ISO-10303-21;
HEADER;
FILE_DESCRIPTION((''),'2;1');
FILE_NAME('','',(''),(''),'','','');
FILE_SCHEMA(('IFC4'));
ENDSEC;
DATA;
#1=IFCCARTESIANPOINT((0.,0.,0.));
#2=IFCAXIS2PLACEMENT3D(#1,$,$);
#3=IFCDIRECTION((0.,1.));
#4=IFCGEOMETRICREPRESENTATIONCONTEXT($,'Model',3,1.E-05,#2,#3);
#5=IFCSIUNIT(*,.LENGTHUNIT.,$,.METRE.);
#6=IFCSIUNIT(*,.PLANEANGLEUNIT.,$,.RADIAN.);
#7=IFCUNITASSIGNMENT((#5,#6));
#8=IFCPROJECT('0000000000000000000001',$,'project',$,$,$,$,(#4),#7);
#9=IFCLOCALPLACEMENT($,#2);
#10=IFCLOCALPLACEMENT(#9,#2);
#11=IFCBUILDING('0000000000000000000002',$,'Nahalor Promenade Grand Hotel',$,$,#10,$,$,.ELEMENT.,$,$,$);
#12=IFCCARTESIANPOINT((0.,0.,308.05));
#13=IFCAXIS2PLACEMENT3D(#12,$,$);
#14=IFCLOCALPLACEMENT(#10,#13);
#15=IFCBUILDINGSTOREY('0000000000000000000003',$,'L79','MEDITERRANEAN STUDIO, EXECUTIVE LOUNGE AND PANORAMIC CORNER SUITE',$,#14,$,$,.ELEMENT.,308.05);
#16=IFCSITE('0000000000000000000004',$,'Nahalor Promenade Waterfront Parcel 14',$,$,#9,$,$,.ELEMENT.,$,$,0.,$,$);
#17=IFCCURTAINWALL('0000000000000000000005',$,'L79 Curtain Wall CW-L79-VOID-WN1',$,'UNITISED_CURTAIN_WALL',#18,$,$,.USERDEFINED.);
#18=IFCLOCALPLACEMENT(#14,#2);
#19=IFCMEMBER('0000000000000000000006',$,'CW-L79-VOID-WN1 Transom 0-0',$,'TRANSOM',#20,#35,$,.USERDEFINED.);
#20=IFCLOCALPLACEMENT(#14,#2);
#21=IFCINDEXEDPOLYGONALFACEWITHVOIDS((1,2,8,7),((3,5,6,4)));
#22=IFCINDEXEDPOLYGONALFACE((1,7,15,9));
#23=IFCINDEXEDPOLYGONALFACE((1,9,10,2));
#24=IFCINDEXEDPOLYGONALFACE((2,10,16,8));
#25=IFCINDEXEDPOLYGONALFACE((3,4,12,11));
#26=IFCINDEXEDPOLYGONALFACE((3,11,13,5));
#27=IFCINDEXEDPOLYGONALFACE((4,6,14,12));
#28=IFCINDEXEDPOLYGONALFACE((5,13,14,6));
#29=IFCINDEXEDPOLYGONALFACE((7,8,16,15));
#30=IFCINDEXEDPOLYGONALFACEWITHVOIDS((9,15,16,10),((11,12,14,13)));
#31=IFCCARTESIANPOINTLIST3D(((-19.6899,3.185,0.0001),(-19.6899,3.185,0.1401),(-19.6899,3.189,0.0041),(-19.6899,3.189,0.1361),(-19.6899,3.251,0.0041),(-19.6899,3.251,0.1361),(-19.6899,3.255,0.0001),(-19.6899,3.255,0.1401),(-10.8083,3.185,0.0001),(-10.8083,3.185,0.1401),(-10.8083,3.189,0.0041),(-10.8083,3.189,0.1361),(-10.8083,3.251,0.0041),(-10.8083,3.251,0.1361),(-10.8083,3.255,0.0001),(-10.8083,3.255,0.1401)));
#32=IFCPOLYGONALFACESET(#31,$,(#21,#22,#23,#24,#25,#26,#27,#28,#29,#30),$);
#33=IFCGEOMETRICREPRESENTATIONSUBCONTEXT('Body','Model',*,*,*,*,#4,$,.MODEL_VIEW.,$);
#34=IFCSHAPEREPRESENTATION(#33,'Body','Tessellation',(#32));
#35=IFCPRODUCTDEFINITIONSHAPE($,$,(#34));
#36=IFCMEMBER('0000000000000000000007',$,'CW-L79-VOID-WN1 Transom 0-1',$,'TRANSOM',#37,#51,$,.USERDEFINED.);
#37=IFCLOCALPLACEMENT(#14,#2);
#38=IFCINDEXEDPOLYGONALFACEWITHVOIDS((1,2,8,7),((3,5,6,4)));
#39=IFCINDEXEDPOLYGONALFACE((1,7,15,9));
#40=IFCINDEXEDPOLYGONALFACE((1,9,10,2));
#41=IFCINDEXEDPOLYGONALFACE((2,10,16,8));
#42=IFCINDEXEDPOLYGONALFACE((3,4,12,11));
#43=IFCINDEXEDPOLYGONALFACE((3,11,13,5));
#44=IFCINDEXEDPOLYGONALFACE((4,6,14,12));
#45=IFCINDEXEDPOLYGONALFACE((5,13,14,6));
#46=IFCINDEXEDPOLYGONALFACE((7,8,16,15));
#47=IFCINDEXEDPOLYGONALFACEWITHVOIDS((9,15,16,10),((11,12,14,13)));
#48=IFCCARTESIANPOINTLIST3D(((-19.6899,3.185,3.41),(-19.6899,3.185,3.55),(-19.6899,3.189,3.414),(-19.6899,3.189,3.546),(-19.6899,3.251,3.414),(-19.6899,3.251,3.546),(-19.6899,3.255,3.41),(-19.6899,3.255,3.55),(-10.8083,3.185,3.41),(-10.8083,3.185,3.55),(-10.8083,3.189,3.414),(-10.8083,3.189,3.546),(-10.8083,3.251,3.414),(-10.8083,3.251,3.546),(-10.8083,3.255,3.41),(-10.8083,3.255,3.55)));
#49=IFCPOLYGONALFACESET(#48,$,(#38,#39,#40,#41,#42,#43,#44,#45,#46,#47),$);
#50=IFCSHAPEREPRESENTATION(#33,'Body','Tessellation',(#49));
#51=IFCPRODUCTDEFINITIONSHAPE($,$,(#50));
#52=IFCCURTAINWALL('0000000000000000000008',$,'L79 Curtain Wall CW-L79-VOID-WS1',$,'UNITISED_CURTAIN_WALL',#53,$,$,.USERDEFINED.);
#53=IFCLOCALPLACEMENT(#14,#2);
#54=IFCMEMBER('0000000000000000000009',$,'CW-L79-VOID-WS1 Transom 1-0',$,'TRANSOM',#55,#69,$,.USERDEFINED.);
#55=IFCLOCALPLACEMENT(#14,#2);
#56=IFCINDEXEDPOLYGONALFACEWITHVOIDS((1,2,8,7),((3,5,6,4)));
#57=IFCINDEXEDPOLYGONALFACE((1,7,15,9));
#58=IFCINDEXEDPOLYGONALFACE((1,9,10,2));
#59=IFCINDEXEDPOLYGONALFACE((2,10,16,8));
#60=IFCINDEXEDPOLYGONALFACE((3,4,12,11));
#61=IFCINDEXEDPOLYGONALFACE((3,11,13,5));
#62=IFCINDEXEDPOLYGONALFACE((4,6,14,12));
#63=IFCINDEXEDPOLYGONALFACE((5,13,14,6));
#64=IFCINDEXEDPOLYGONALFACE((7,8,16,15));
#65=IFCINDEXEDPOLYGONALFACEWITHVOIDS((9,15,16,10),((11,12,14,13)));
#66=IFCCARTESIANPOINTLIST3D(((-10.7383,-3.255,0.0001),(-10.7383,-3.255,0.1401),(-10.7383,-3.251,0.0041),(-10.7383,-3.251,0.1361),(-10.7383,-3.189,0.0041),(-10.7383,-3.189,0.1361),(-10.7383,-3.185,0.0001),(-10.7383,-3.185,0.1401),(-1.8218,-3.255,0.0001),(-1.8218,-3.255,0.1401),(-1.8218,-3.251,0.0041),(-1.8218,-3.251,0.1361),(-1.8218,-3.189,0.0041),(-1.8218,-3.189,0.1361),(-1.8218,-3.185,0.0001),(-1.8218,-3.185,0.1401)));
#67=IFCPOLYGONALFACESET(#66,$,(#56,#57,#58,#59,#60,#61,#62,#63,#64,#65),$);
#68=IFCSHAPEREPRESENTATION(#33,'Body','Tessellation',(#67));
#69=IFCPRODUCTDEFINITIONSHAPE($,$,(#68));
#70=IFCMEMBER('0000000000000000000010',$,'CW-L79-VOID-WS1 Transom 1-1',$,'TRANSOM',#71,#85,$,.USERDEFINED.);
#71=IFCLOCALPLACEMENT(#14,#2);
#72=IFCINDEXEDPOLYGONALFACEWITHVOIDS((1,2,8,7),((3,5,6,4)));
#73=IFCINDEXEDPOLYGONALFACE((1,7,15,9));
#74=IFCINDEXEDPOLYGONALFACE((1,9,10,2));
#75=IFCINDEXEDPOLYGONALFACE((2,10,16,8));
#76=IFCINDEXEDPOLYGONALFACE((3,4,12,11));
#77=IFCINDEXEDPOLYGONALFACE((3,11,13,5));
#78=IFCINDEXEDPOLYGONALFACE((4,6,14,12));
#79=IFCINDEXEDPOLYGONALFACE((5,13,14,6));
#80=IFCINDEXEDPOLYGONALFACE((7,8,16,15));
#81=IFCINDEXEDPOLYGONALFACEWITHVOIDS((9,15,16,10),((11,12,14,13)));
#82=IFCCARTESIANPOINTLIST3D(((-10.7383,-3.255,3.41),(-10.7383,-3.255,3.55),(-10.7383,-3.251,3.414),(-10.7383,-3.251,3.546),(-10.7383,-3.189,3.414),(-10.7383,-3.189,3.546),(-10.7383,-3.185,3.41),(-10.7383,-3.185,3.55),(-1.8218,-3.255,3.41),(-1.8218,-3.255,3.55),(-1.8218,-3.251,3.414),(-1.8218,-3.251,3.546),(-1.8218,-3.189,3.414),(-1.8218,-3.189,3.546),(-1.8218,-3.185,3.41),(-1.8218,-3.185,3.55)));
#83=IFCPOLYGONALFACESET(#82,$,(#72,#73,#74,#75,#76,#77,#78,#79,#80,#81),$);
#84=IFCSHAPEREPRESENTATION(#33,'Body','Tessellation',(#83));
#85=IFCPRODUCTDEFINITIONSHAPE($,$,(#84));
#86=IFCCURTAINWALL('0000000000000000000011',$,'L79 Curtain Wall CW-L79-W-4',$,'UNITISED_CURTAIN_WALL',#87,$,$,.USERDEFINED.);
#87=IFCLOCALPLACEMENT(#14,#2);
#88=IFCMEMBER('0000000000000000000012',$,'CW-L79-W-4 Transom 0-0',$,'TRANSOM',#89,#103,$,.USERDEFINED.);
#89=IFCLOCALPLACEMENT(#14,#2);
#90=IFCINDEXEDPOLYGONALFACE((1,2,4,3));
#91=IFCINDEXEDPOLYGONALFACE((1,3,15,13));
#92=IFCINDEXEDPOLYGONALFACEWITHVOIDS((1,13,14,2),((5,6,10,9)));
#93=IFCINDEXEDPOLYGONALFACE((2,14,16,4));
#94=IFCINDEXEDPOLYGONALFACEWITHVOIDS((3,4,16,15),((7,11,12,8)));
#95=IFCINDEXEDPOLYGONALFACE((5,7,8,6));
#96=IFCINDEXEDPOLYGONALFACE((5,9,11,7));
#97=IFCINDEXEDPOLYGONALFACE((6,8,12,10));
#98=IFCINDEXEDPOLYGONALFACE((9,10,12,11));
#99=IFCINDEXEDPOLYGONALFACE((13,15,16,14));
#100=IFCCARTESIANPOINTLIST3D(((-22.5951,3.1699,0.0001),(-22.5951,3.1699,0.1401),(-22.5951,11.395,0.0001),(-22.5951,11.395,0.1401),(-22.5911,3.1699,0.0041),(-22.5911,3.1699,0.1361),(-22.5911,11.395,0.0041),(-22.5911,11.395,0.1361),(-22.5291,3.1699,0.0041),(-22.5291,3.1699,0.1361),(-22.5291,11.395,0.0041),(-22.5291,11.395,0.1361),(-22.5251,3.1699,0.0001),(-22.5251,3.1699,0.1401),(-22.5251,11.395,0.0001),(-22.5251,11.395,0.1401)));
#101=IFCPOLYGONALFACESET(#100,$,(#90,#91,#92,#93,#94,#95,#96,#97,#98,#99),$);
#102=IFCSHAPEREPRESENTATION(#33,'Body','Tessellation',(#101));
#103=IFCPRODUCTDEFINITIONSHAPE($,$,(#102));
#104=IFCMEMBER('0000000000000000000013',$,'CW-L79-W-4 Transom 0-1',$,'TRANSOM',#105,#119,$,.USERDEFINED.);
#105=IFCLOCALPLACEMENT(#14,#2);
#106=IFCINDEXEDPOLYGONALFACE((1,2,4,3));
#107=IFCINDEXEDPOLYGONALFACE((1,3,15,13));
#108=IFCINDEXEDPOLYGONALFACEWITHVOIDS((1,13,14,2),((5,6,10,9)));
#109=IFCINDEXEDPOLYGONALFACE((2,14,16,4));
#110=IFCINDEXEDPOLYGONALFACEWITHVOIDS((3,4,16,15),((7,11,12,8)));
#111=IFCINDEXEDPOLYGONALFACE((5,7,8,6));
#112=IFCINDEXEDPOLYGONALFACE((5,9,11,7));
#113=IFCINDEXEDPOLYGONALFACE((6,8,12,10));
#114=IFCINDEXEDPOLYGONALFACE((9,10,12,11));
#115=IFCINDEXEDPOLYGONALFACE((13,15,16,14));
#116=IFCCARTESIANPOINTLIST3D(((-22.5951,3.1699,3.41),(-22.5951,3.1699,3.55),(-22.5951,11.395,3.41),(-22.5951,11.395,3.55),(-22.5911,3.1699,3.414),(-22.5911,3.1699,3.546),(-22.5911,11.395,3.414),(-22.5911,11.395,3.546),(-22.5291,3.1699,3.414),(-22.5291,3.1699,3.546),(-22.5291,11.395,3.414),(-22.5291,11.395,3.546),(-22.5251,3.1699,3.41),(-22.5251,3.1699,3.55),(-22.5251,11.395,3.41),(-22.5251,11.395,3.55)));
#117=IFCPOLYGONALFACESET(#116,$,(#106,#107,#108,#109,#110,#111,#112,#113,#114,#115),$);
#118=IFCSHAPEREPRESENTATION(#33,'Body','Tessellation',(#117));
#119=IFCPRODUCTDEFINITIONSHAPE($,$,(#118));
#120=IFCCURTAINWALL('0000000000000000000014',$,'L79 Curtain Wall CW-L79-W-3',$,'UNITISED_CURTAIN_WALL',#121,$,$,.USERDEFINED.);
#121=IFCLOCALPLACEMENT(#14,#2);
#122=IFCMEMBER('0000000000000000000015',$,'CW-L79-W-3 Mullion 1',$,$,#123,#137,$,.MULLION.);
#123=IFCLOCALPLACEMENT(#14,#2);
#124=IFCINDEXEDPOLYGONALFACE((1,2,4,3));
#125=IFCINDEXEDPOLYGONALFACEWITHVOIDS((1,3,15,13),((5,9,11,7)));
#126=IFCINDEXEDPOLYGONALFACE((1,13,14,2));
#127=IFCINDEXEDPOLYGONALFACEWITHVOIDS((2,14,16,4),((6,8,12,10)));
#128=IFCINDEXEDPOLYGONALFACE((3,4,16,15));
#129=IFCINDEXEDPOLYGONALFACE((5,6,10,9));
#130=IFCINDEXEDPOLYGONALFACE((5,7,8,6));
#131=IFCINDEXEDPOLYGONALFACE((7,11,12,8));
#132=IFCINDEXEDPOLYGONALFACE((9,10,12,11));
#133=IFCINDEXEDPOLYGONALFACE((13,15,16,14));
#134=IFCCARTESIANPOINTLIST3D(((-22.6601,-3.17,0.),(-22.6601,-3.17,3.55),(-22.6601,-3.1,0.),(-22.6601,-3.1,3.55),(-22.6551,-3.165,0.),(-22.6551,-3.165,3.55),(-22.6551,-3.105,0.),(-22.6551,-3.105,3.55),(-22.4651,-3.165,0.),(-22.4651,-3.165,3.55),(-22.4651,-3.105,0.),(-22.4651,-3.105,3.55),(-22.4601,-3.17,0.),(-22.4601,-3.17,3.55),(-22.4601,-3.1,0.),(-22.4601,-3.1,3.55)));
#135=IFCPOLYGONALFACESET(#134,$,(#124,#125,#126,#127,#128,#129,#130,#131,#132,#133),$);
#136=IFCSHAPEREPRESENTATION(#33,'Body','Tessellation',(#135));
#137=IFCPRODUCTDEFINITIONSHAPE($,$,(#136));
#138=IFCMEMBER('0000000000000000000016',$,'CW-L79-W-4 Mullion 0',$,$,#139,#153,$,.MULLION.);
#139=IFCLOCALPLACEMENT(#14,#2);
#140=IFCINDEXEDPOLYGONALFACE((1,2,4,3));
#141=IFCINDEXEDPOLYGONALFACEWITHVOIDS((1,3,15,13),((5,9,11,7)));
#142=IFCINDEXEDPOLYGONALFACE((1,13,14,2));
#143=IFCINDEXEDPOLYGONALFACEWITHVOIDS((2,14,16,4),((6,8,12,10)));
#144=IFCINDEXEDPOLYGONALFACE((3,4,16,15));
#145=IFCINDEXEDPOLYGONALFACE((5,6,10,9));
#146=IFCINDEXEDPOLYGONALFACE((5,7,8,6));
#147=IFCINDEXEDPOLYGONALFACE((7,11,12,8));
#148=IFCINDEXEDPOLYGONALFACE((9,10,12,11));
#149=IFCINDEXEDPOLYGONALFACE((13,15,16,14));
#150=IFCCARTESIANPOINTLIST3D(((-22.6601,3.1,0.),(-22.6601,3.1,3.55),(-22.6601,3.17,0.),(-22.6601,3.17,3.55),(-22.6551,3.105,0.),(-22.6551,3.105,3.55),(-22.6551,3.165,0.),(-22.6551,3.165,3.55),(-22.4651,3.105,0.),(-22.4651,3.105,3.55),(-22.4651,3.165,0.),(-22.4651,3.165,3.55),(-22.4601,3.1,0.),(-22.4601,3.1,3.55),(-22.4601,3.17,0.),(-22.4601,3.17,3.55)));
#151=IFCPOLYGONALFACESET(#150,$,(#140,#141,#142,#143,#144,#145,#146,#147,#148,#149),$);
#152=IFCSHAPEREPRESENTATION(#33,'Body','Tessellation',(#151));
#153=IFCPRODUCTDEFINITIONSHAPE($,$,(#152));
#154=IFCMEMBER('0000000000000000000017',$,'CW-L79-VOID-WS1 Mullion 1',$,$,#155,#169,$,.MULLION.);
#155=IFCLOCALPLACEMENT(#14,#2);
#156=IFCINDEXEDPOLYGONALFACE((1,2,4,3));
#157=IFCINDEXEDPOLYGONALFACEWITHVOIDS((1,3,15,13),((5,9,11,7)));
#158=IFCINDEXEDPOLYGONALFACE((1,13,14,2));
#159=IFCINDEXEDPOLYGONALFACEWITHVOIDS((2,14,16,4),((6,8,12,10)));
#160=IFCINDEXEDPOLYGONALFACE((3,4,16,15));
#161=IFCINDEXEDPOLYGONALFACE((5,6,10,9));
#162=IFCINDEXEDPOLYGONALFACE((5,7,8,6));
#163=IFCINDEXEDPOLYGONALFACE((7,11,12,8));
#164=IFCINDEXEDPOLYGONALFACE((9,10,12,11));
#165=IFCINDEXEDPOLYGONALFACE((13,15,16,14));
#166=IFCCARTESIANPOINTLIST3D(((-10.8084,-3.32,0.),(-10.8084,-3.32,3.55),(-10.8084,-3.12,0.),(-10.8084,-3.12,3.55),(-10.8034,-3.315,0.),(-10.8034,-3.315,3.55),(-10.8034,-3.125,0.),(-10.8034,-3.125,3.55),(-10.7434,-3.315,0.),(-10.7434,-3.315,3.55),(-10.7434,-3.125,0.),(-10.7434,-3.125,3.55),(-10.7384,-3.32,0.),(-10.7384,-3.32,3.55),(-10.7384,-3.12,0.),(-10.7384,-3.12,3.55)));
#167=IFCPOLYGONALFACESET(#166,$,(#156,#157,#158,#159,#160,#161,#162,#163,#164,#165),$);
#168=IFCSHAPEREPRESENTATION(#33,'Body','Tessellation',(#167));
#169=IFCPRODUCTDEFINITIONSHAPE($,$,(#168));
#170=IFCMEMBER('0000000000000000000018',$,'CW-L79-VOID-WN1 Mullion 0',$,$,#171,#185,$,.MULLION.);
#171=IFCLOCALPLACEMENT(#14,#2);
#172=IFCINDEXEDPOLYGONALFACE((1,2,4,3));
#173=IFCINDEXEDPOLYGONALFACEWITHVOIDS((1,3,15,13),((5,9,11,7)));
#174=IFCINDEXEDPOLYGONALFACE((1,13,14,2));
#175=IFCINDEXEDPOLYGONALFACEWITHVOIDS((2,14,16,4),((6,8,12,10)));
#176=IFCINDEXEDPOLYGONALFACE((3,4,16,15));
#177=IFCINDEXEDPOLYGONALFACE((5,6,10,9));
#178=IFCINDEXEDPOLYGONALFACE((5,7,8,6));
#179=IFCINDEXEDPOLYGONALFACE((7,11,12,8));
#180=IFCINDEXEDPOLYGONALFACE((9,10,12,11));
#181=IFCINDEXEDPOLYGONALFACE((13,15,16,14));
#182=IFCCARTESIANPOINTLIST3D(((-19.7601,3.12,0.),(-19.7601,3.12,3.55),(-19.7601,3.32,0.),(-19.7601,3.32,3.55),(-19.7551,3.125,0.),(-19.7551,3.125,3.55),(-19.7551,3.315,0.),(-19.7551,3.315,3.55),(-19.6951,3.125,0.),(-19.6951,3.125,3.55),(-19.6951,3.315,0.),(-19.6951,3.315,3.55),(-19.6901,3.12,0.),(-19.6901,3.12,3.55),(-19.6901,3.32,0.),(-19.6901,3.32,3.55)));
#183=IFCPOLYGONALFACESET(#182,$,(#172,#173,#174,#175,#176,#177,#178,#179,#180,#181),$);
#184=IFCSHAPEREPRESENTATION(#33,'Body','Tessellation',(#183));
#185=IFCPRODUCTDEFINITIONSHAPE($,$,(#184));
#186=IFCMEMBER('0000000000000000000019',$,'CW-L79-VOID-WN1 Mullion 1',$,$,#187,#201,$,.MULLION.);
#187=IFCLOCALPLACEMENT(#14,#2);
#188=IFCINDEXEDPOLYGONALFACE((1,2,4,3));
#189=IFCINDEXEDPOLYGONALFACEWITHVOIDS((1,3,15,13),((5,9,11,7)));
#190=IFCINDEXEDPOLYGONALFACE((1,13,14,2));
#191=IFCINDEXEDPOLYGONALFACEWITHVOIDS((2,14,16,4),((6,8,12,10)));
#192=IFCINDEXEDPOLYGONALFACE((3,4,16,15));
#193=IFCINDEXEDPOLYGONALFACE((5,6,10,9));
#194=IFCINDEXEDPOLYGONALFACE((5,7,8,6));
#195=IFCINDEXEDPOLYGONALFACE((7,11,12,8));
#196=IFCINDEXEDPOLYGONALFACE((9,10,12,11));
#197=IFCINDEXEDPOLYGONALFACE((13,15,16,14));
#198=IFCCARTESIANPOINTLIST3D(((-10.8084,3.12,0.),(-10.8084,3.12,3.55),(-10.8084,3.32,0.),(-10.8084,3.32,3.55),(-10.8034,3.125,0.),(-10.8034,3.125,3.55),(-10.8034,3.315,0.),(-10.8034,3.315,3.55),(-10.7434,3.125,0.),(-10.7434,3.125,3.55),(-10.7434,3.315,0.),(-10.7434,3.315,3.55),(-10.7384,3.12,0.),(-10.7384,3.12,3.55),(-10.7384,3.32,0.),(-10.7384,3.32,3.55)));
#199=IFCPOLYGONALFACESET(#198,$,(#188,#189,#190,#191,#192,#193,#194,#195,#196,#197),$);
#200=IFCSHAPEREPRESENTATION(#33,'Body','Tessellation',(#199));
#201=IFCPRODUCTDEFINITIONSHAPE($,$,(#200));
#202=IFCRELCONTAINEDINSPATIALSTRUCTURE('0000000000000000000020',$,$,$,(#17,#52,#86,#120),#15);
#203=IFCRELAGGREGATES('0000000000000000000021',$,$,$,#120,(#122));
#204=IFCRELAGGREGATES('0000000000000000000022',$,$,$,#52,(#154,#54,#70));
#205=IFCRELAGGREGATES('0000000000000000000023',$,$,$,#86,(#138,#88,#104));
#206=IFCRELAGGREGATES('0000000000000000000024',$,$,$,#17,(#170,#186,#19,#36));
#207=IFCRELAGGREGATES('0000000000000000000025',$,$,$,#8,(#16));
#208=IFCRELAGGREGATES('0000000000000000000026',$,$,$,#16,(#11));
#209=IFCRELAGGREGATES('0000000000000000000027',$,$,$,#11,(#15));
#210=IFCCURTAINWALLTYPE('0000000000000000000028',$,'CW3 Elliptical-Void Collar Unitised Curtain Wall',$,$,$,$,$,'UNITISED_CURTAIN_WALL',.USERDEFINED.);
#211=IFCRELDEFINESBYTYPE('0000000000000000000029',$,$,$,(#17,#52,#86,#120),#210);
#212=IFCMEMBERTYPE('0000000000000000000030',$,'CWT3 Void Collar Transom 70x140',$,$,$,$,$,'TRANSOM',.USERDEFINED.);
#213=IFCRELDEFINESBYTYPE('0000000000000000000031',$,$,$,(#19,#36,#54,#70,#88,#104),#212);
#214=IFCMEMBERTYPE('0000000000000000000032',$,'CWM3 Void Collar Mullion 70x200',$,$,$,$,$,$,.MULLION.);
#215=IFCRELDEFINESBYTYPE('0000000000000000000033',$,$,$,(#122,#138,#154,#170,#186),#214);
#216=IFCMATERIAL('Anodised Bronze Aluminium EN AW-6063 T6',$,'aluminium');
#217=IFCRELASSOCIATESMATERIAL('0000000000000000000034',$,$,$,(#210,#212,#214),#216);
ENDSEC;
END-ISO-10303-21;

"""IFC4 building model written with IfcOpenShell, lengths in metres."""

from ifc_helpers import new_model, si_unit, direction, frame, origin, origin_2d, place, context, subcontext, project, spatial, hollow_rectangle, extrude, source, transform, mapped, material, material_profile, profile_set, type_object, element, aggregate, save


model = new_model("IFC4")

# Units and contexts
model_context = context("Model", 3, precision=1e-05, world=origin(), true_north=direction((0.0, 1.0)))
body_context = subcontext(model_context, "Body", "Model", "MODEL_VIEW")
ifc_project = project(units=[si_unit("LENGTHUNIT", "METRE"), si_unit("PLANEANGLEUNIT", "RADIAN")], contexts=[model_context])

# Site, building, storey
site_placement = place(None, origin())
site = spatial("IfcSite", under=ifc_project, at=site_placement, Name="Nahalor Promenade Waterfront Parcel 14", CompositionType="ELEMENT", RefElevation=0.0)
building_placement = place(site_placement, origin())
building = spatial("IfcBuilding", under=site, at=building_placement, Name="Nahalor Promenade Grand Hotel", CompositionType="ELEMENT")
storey_placement = place(building_placement, frame((0.0, 0.0, 308.05)))
storey = spatial("IfcBuildingStorey", under=building, at=storey_placement, Name="L79", Description="MEDITERRANEAN STUDIO, EXECUTIVE LOUNGE AND PANORAMIC CORNER SUITE", CompositionType="ELEMENT", Elevation=308.05)

# Curtain walls, members
ifc_material_1 = material(Name="Anodised Bronze Aluminium EN AW-6063 T6", Category="aluminium")
curtain_wall_type = type_object("IfcCurtainWallType", Name="CW3 Elliptical-Void Collar Unitised Curtain Wall", ElementType="UNITISED_CURTAIN_WALL", PredefinedType="USERDEFINED", material=ifc_material_1)
curtain_wall_1_placement = place(storey_placement, origin())
curtain_wall_1 = element("IfcCurtainWall", 1, at=curtain_wall_1_placement, inside=storey, type_object=curtain_wall_type, Name="L79 Curtain Wall CW-L79-VOID-WN1", ObjectType="UNITISED_CURTAIN_WALL", PredefinedType="USERDEFINED")
ifc_material_profile_1 = material_profile(ifc_material_1, hollow_rectangle(XDim=0.07, YDim=0.14, WallThickness=0.004, at=origin_2d()), Name="CWT 70x140x4")
ifc_profile_set_1 = profile_set([ifc_material_profile_1], Name="Anodised Bronze Aluminium EN AW-6063 T6")
member_type_1 = type_object("IfcMemberType", Name="CWT3 Void Collar Transom 70x140", ElementType="TRANSOM", PredefinedType="USERDEFINED", material=ifc_profile_set_1)
shared_shape_1 = source(origin(), body_context, "Body", "SweptSolid", [
    extrude(hollow_rectangle(XDim=0.07, YDim=0.14, WallThickness=0.004, at=origin_2d()), origin(), (0.0, 0.0, 1.0), 8.8816),
])
member_1_placement = place(storey_placement, frame((-19.6899, 3.22, 0.0701), z_axis=(1.0, 0.0, 0.0), x_axis=(0.0, 1.0, 0.0)))
member_1 = element("IfcMember", 2, at=member_1_placement, type_object=member_type_1, Name="CW-L79-VOID-WN1 Transom 0-0", ObjectType="TRANSOM", PredefinedType="USERDEFINED", context=body_context, shape_type="MappedRepresentation", body=[
    mapped(shared_shape_1, transform((0.0, 0.0, 0.0), scale=1.0)),
])
member_2_placement = place(storey_placement, frame((-19.6899, 3.22, 3.48), z_axis=(1.0, 0.0, 0.0), x_axis=(0.0, 1.0, 0.0)))
member_2 = element("IfcMember", 3, at=member_2_placement, type_object=member_type_1, Name="CW-L79-VOID-WN1 Transom 0-1", ObjectType="TRANSOM", PredefinedType="USERDEFINED", context=body_context, shape_type="MappedRepresentation", body=[
    mapped(shared_shape_1, transform((0.0, 0.0, 0.0), scale=1.0)),
])
curtain_wall_2_placement = place(storey_placement, origin())
curtain_wall_2 = element("IfcCurtainWall", 4, at=curtain_wall_2_placement, inside=storey, type_object=curtain_wall_type, Name="L79 Curtain Wall CW-L79-VOID-WS1", ObjectType="UNITISED_CURTAIN_WALL", PredefinedType="USERDEFINED")
shared_shape_2 = source(origin(), body_context, "Body", "SweptSolid", [
    extrude(hollow_rectangle(XDim=0.07, YDim=0.14, WallThickness=0.004, at=origin_2d()), origin(), (0.0, 0.0, 1.0), 8.9165),
])
member_3_placement = place(storey_placement, frame((-10.7383, -3.22, 0.0701), z_axis=(1.0, 0.0, 0.0), x_axis=(0.0, 1.0, 0.0)))
member_3 = element("IfcMember", 5, at=member_3_placement, type_object=member_type_1, Name="CW-L79-VOID-WS1 Transom 1-0", ObjectType="TRANSOM", PredefinedType="USERDEFINED", context=body_context, shape_type="MappedRepresentation", body=[
    mapped(shared_shape_2, transform((0.0, 0.0, 0.0), scale=1.0)),
])
member_4_placement = place(storey_placement, frame((-10.7383, -3.22, 3.48), z_axis=(1.0, 0.0, 0.0), x_axis=(0.0, 1.0, 0.0)))
member_4 = element("IfcMember", 6, at=member_4_placement, type_object=member_type_1, Name="CW-L79-VOID-WS1 Transom 1-1", ObjectType="TRANSOM", PredefinedType="USERDEFINED", context=body_context, shape_type="MappedRepresentation", body=[
    mapped(shared_shape_2, transform((0.0, 0.0, 0.0), scale=1.0)),
])
curtain_wall_3_placement = place(storey_placement, origin())
curtain_wall_3 = element("IfcCurtainWall", 7, at=curtain_wall_3_placement, inside=storey, type_object=curtain_wall_type, Name="L79 Curtain Wall CW-L79-W-4", ObjectType="UNITISED_CURTAIN_WALL", PredefinedType="USERDEFINED")
shared_shape_3 = source(origin(), body_context, "Body", "SweptSolid", [
    extrude(hollow_rectangle(XDim=0.07, YDim=0.14, WallThickness=0.004, at=origin_2d()), origin(), (0.0, 0.0, 1.0), 8.2251),
])
member_5_placement = place(storey_placement, frame((-22.5601, 3.1699, 0.0701), z_axis=(0.0, 1.0, 0.0), x_axis=(-1.0, 0.0, 0.0)))
member_5 = element("IfcMember", 8, at=member_5_placement, type_object=member_type_1, Name="CW-L79-W-4 Transom 0-0", ObjectType="TRANSOM", PredefinedType="USERDEFINED", context=body_context, shape_type="MappedRepresentation", body=[
    mapped(shared_shape_3, transform((0.0, 0.0, 0.0), scale=1.0)),
])
member_6_placement = place(storey_placement, frame((-22.5601, 3.1699, 3.48), z_axis=(0.0, 1.0, 0.0), x_axis=(-1.0, 0.0, 0.0)))
member_6 = element("IfcMember", 9, at=member_6_placement, type_object=member_type_1, Name="CW-L79-W-4 Transom 0-1", ObjectType="TRANSOM", PredefinedType="USERDEFINED", context=body_context, shape_type="MappedRepresentation", body=[
    mapped(shared_shape_3, transform((0.0, 0.0, 0.0), scale=1.0)),
])

# Curtain wall, member
curtain_wall_4_placement = place(storey_placement, origin())
curtain_wall_4 = element("IfcCurtainWall", 10, at=curtain_wall_4_placement, inside=storey, type_object=curtain_wall_type, Name="L79 Curtain Wall CW-L79-W-3", ObjectType="UNITISED_CURTAIN_WALL", PredefinedType="USERDEFINED")
ifc_material_profile_2 = material_profile(ifc_material_1, hollow_rectangle(XDim=0.07, YDim=0.2, WallThickness=0.005, at=origin_2d()), Name="CWM 70x200x5")
ifc_profile_set_2 = profile_set([ifc_material_profile_2], Name="Anodised Bronze Aluminium EN AW-6063 T6")
member_type_2 = type_object("IfcMemberType", Name="CWM3 Void Collar Mullion 70x200", PredefinedType="MULLION", material=ifc_profile_set_2)
shared_shape_4 = source(origin(), body_context, "Body", "SweptSolid", [
    extrude(hollow_rectangle(XDim=0.07, YDim=0.2, WallThickness=0.005, at=origin_2d()), origin(), (0.0, 0.0, 1.0), 3.55),
])
member_7_placement = place(storey_placement, frame((-22.5601, -3.135, 0.0), z_axis=(0.0, 0.0, 1.0), x_axis=(0.0, 1.0, 0.0)))
member_7 = element("IfcMember", 11, at=member_7_placement, type_object=member_type_2, Name="CW-L79-W-3 Mullion 1", PredefinedType="MULLION", context=body_context, shape_type="MappedRepresentation", body=[
    mapped(shared_shape_4, transform((0.0, 0.0, 0.0), scale=1.0)),
])
aggregate(curtain_wall_4, [member_7])

# Members
member_8_placement = place(storey_placement, frame((-22.5601, 3.135, 0.0), z_axis=(0.0, 0.0, 1.0), x_axis=(0.0, 1.0, 0.0)))
member_8 = element("IfcMember", 12, at=member_8_placement, type_object=member_type_2, Name="CW-L79-W-4 Mullion 0", PredefinedType="MULLION", context=body_context, shape_type="MappedRepresentation", body=[
    mapped(shared_shape_4, transform((0.0, 0.0, 0.0), scale=1.0)),
])
member_9_placement = place(storey_placement, frame((-10.7734, -3.22, 0.0), z_axis=(0.0, 0.0, 1.0), x_axis=(1.0, 0.0, 0.0)))
member_9 = element("IfcMember", 13, at=member_9_placement, type_object=member_type_2, Name="CW-L79-VOID-WS1 Mullion 1", PredefinedType="MULLION", context=body_context, shape_type="MappedRepresentation", body=[
    mapped(shared_shape_4, transform((0.0, 0.0, 0.0), scale=1.0)),
])
aggregate(curtain_wall_2, [member_9, member_3, member_4])
member_10_placement = place(storey_placement, frame((-19.7251, 3.22, 0.0), z_axis=(0.0, 0.0, 1.0), x_axis=(1.0, 0.0, 0.0)))
member_10 = element("IfcMember", 14, at=member_10_placement, type_object=member_type_2, Name="CW-L79-VOID-WN1 Mullion 0", PredefinedType="MULLION", context=body_context, shape_type="MappedRepresentation", body=[
    mapped(shared_shape_4, transform((0.0, 0.0, 0.0), scale=1.0)),
])
member_11_placement = place(storey_placement, frame((-10.7734, 3.22, 0.0), z_axis=(0.0, 0.0, 1.0), x_axis=(1.0, 0.0, 0.0)))
member_11 = element("IfcMember", 15, at=member_11_placement, type_object=member_type_2, Name="CW-L79-VOID-WN1 Mullion 1", PredefinedType="MULLION", context=body_context, shape_type="MappedRepresentation", body=[
    mapped(shared_shape_4, transform((0.0, 0.0, 0.0), scale=1.0)),
])

aggregate(curtain_wall_3, [member_8, member_5, member_6])
aggregate(curtain_wall_1, [member_10, member_11, member_1, member_2])

save(model, "model.ifc")
